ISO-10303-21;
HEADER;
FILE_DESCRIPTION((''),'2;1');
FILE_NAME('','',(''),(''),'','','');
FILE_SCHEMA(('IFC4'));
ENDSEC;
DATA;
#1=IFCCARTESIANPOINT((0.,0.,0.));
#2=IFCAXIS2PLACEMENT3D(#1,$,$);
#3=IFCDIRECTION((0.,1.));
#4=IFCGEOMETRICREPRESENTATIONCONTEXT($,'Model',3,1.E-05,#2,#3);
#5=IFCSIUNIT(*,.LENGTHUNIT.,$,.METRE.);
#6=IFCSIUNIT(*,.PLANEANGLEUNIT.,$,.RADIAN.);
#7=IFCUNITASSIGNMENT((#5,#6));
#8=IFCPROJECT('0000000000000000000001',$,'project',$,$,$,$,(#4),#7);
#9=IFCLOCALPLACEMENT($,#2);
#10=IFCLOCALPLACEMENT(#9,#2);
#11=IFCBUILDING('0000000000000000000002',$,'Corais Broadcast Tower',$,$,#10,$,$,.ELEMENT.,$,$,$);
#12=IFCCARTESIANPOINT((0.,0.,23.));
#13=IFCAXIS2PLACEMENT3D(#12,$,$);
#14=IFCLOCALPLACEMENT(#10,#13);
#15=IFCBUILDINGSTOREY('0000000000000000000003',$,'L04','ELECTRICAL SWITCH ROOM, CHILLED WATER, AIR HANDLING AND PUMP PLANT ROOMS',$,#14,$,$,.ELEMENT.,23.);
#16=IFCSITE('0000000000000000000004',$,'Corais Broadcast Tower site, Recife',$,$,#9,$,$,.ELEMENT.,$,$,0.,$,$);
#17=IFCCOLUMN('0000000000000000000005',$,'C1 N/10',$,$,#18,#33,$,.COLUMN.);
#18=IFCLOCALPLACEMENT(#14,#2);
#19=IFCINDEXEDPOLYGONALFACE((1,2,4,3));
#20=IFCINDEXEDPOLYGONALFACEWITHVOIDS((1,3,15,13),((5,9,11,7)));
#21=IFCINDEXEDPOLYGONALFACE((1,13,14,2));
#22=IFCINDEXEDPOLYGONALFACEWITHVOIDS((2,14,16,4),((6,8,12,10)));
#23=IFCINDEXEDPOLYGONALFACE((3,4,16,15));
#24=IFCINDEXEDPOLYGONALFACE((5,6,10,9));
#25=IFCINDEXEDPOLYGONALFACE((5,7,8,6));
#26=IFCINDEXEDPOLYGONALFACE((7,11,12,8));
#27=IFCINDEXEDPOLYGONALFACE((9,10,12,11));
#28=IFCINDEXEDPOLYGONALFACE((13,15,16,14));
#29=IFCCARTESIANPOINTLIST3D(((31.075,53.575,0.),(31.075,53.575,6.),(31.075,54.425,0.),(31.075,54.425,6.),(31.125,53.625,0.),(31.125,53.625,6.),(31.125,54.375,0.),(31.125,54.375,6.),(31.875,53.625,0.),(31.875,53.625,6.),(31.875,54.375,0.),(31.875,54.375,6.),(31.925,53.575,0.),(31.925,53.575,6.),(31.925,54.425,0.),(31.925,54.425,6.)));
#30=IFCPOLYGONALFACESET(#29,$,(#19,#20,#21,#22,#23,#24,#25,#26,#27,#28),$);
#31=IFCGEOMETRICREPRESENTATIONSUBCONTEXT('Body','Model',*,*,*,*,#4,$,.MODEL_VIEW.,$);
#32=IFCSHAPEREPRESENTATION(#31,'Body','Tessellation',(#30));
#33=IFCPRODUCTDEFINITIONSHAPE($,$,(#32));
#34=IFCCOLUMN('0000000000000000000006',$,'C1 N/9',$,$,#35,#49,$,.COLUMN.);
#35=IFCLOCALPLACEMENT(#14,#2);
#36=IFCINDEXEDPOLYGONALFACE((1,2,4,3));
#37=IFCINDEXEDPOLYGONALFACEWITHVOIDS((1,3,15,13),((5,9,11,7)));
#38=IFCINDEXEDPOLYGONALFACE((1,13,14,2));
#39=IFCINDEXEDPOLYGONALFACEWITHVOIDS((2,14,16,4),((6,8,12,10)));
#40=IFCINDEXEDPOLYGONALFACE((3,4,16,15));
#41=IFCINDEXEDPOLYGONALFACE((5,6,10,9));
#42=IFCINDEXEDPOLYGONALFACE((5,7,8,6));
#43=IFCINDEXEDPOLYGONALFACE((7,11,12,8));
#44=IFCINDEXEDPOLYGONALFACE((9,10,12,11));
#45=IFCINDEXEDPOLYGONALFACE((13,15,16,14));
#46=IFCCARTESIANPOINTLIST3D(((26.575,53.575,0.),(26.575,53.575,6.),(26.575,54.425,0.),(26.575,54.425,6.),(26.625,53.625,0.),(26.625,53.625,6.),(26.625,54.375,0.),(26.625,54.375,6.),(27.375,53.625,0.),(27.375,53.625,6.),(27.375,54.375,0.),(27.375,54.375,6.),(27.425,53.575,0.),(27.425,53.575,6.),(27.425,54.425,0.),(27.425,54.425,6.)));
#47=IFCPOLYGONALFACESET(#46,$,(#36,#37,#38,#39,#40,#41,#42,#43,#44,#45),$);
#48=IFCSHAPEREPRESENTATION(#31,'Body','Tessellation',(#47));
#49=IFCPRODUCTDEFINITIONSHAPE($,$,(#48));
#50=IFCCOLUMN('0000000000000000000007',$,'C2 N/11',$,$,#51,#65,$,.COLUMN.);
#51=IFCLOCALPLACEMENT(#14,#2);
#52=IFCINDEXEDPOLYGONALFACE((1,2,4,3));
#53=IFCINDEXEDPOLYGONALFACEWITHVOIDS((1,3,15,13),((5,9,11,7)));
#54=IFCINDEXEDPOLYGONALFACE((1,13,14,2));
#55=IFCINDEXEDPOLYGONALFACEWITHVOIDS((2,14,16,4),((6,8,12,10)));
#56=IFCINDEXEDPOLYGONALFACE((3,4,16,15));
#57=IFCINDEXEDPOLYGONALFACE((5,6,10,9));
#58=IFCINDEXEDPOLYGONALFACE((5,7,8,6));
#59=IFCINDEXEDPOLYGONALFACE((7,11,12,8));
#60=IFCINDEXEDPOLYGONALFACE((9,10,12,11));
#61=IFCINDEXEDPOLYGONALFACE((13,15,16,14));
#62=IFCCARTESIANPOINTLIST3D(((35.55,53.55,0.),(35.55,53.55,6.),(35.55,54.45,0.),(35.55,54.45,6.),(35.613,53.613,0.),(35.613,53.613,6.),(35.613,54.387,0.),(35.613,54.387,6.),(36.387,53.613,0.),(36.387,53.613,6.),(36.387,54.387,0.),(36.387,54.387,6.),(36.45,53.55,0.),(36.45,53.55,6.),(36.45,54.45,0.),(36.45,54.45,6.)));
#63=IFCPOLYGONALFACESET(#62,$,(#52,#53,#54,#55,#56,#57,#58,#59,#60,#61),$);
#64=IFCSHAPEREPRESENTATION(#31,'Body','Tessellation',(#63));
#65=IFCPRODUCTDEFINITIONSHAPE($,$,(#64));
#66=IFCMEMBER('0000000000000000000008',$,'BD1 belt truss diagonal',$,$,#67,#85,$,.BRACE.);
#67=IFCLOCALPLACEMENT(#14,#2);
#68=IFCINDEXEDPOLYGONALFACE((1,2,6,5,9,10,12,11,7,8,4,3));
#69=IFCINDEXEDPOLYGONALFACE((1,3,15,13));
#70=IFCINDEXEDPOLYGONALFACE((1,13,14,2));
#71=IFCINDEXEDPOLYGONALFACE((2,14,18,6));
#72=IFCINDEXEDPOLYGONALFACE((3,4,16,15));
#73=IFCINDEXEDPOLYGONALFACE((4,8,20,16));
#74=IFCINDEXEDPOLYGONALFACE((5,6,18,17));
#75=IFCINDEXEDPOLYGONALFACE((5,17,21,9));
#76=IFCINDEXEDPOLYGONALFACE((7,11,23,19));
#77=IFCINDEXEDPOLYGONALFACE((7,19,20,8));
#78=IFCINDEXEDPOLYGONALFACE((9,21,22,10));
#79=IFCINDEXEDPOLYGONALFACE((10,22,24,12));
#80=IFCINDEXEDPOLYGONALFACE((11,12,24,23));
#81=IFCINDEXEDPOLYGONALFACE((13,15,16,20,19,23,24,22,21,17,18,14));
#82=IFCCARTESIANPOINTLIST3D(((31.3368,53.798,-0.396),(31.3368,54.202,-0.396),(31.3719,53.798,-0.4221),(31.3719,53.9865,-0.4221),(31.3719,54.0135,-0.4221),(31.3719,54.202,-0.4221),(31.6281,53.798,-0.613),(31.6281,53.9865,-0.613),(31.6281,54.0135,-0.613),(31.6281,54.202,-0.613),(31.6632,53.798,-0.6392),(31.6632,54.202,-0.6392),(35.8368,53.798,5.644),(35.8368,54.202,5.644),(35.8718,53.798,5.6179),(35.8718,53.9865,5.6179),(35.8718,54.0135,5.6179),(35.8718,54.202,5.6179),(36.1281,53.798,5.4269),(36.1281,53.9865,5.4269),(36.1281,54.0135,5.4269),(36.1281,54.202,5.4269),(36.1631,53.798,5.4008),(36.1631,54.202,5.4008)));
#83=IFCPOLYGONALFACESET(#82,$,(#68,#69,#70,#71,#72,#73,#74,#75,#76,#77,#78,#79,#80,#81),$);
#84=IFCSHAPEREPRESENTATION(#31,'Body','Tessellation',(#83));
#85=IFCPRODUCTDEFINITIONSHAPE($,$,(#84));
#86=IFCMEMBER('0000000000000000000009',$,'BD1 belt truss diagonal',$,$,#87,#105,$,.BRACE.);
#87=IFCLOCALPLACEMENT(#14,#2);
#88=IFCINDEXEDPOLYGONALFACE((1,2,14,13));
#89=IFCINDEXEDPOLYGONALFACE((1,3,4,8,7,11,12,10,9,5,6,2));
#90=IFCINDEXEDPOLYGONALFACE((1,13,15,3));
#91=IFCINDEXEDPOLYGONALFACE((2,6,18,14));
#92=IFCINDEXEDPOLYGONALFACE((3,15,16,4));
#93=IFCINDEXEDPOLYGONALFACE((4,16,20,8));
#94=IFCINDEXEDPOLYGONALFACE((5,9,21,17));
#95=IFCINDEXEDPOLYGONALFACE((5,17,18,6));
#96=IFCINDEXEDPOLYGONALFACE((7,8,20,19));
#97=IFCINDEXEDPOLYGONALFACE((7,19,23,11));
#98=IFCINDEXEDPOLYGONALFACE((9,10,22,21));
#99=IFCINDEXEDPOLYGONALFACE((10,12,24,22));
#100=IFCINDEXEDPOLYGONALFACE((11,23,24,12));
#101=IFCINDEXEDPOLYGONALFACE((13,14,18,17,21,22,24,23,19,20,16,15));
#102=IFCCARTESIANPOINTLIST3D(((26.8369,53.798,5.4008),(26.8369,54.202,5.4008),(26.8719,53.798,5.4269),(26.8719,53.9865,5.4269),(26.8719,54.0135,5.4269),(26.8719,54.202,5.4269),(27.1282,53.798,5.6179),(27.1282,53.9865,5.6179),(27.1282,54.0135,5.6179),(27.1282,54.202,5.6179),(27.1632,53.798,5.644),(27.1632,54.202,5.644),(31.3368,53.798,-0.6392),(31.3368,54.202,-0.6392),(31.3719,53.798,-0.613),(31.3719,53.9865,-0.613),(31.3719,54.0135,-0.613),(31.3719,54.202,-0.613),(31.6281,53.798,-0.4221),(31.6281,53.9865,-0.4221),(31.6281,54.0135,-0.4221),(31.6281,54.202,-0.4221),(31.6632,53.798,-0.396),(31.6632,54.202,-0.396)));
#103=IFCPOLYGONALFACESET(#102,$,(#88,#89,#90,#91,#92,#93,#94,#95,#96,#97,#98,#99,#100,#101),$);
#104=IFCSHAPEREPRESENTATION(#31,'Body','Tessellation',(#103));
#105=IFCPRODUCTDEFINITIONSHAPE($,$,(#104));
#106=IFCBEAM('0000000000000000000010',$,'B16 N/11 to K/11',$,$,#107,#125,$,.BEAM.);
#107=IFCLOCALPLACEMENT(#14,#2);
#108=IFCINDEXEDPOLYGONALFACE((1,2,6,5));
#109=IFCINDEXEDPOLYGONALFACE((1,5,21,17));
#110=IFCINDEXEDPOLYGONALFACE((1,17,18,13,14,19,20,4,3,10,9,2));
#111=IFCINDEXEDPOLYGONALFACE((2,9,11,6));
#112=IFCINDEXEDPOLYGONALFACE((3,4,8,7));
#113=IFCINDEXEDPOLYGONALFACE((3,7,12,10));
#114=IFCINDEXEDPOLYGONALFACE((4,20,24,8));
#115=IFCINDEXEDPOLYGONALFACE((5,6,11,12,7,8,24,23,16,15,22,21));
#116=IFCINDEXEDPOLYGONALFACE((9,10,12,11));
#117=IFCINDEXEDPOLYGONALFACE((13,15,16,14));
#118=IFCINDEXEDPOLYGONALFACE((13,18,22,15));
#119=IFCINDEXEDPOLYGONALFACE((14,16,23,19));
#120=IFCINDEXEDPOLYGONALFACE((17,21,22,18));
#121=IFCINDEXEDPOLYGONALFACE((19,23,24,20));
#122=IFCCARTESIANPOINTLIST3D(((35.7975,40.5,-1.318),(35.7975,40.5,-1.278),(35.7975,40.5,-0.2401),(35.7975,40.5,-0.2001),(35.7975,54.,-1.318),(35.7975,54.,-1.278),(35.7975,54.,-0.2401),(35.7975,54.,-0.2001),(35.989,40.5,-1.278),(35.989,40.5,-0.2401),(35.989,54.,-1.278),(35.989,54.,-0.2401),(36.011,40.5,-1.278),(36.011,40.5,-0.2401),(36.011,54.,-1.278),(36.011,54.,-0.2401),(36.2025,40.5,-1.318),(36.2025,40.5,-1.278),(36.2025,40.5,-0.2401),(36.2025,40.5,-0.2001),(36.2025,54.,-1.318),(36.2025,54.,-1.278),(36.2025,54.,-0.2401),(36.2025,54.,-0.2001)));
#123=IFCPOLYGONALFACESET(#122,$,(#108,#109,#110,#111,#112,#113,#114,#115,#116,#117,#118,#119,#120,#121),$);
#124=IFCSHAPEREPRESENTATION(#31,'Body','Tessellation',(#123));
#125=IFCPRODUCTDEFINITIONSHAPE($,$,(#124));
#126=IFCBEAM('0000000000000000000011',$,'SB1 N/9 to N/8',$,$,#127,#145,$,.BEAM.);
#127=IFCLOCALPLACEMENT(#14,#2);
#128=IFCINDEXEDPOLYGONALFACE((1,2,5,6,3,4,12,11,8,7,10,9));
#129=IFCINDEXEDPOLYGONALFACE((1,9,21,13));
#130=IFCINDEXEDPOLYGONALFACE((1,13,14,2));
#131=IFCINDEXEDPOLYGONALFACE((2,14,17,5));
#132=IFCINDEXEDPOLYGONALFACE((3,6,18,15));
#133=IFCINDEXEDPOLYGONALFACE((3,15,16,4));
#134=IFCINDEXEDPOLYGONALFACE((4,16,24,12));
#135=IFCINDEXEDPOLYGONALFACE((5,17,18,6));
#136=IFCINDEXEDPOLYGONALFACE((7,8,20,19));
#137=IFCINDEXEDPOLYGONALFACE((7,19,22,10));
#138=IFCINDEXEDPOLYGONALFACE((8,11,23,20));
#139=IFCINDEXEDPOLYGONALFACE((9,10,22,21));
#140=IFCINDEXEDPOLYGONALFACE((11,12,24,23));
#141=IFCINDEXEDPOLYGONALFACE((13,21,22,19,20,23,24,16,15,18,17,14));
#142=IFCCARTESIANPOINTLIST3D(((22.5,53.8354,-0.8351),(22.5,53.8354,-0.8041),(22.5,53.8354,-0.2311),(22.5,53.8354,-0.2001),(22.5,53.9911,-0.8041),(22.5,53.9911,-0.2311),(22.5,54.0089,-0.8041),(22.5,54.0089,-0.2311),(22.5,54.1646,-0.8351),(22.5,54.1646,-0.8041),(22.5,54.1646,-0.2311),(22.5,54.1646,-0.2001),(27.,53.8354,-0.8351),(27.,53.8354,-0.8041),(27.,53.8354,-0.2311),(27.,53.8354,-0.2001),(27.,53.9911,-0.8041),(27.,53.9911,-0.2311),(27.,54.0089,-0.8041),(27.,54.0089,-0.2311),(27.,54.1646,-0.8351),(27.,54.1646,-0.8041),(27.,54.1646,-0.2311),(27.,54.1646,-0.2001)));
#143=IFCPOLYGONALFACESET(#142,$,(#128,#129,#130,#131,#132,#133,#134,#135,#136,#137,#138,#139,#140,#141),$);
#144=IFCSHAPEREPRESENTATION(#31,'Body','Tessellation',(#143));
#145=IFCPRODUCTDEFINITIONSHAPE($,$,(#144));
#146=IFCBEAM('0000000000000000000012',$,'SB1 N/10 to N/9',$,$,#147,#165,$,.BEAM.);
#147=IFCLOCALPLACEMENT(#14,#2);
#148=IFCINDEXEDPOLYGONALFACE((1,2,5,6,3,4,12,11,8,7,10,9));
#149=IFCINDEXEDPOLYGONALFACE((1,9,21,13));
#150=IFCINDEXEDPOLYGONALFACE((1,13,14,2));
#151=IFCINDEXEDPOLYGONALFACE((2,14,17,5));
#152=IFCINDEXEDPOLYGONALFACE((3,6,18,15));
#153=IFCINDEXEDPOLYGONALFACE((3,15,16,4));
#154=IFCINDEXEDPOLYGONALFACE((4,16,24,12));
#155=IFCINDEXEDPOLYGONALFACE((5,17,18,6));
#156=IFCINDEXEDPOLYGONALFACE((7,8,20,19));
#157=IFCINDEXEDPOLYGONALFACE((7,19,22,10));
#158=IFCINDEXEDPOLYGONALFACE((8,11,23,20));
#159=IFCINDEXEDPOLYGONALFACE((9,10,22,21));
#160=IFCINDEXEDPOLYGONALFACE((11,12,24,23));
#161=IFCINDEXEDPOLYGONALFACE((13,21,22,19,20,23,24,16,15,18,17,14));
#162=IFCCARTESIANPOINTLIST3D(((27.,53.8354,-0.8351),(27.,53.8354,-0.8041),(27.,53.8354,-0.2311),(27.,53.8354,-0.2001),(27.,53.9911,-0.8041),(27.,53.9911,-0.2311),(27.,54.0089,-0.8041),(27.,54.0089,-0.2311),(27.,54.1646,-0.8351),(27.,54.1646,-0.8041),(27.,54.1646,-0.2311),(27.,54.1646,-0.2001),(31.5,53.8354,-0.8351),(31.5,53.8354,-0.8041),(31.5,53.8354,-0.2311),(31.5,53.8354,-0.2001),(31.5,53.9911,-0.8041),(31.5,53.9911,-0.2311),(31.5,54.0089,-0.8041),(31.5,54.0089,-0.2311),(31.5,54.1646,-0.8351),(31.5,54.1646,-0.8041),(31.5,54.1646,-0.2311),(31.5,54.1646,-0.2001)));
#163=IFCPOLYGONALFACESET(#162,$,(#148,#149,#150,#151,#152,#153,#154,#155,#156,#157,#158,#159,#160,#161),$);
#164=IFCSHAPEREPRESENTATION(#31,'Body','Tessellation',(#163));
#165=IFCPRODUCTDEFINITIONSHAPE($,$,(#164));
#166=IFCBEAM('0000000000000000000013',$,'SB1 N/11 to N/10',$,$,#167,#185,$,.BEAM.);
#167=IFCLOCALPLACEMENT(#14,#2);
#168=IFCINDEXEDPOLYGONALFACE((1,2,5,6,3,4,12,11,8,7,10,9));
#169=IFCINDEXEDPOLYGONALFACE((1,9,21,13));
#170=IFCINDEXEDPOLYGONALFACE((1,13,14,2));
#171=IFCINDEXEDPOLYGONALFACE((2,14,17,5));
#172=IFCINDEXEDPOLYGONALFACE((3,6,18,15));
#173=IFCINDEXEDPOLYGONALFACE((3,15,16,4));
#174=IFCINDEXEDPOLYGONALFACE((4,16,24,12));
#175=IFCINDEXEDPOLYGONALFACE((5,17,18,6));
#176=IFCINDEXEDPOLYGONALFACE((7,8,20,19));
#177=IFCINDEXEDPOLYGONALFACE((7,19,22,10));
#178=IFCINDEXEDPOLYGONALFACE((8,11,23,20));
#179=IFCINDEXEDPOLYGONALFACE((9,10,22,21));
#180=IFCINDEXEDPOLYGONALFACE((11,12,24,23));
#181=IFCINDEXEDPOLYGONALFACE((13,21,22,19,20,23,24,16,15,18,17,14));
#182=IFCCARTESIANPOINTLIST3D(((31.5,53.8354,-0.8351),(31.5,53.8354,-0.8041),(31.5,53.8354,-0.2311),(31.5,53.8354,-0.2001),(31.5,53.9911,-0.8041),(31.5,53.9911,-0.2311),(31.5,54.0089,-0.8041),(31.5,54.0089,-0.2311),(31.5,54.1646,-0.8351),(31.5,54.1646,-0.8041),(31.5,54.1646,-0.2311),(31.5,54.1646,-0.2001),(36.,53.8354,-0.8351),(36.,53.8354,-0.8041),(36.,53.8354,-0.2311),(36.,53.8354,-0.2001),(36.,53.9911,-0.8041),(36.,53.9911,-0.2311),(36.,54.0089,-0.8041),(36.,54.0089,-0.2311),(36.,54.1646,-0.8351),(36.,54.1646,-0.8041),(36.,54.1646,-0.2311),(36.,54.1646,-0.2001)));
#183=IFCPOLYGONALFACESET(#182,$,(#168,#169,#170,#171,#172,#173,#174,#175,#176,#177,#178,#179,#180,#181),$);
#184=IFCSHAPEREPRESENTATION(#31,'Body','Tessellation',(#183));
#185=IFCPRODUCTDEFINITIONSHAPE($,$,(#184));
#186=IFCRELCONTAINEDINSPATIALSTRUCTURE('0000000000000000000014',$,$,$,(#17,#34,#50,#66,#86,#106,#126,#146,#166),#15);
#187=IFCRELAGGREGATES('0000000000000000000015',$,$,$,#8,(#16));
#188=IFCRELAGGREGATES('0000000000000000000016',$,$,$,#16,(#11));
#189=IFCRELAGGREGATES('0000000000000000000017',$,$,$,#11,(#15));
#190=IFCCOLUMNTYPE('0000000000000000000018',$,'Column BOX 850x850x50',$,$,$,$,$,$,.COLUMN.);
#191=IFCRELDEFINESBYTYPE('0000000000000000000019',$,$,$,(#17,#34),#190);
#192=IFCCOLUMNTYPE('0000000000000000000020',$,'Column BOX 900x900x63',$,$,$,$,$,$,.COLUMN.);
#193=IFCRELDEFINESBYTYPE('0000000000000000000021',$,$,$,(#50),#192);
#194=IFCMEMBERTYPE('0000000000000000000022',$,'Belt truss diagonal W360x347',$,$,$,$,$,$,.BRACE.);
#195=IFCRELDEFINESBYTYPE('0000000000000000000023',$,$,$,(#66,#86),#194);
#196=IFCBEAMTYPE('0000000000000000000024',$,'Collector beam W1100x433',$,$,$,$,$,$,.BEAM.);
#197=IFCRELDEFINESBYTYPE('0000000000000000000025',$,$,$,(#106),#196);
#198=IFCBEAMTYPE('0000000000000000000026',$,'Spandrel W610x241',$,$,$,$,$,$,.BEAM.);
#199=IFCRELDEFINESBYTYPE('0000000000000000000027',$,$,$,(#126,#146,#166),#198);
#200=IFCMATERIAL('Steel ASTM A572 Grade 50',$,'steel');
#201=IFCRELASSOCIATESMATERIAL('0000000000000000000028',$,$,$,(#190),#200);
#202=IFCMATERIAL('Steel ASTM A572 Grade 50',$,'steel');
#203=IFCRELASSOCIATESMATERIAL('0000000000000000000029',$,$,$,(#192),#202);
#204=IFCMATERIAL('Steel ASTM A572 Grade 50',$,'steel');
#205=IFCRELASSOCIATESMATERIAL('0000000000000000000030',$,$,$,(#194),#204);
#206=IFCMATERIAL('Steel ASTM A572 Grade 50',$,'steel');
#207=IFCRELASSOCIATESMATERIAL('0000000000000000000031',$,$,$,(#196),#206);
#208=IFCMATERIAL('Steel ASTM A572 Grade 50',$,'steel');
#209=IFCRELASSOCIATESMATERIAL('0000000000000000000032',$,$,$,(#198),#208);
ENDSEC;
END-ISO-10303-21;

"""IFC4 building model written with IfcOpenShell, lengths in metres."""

from ifc_helpers import new_model, si_unit, direction, frame, origin, origin_2d, place, context, subcontext, project, spatial, hollow_rectangle, i_section, extrude, material, material_profile, profile_set, type_object, element, save


model = new_model("IFC4")

# Units and contexts
model_context = context("Model", 3, precision=1e-05, world=origin(), true_north=direction((0.0, 1.0)))
body_context = subcontext(model_context, "Body", "Model", "MODEL_VIEW")
ifc_project = project(units=[si_unit("LENGTHUNIT", "METRE"), si_unit("PLANEANGLEUNIT", "RADIAN")], contexts=[model_context])

# Site, building, storey
site_placement = place(None, origin())
site = spatial("IfcSite", under=ifc_project, at=site_placement, Name="Corais Broadcast Tower site, Recife", CompositionType="ELEMENT", RefElevation=0.0)
building_placement = place(site_placement, origin())
building = spatial("IfcBuilding", under=site, at=building_placement, Name="Corais Broadcast Tower", CompositionType="ELEMENT")
storey_placement = place(building_placement, frame((0.0, 0.0, 23.0)))
storey = spatial("IfcBuildingStorey", under=building, at=storey_placement, Name="L04", Description="ELECTRICAL SWITCH ROOM, CHILLED WATER, AIR HANDLING AND PUMP PLANT ROOMS", CompositionType="ELEMENT", Elevation=23.0)

# Columns
ifc_material_1 = material(Name="Steel ASTM A572 Grade 50", Category="steel")
ifc_material_profile_1 = material_profile(ifc_material_1, hollow_rectangle(XDim=0.8501, YDim=0.8501, WallThickness=0.05, at=origin_2d()), Name="BOX 850x850x50")
ifc_profile_set_1 = profile_set([ifc_material_profile_1], Name="Steel ASTM A572 Grade 50")
column_type_1 = type_object("IfcColumnType", Name="Column BOX 850x850x50", PredefinedType="COLUMN", material=ifc_profile_set_1)
for number, where, z_axis, x_axis, name in (
    (1, (31.5, 54.0, 0.0), (0.0, 0.0, 1.0), (1.0, 0.0, 0.0), "C1 N/10"),
    (2, (27.0, 54.0, 0.0), (0.0, 0.0, 1.0), (1.0, 0.0, 0.0), "C1 N/9"),
):
    element("IfcColumn", number, at=place(storey_placement, frame(where, z_axis=z_axis, x_axis=x_axis)), inside=storey, type_object=column_type_1, Name=name, PredefinedType="COLUMN", context=body_context, shape_type="SweptSolid", body=[
        extrude(hollow_rectangle(XDim=0.8501, YDim=0.8501, WallThickness=0.05, at=origin_2d()), origin(), (0.0, 0.0, 1.0), 6.0),
    ])
ifc_material_2 = material(Name="Steel ASTM A572 Grade 50", Category="steel")
ifc_material_profile_2 = material_profile(ifc_material_2, hollow_rectangle(XDim=0.8999, YDim=0.8999, WallThickness=0.063, at=origin_2d()), Name="BOX 900x900x63")
ifc_profile_set_2 = profile_set([ifc_material_profile_2], Name="Steel ASTM A572 Grade 50")
column_type_2 = type_object("IfcColumnType", Name="Column BOX 900x900x63", PredefinedType="COLUMN", material=ifc_profile_set_2)
column_placement = place(storey_placement, frame((36.0, 54.0, 0.0), z_axis=(0.0, 0.0, 1.0), x_axis=(1.0, 0.0, 0.0)))
element("IfcColumn", 3, at=column_placement, inside=storey, type_object=column_type_2, Name="C2 N/11", PredefinedType="COLUMN", context=body_context, shape_type="SweptSolid", body=[
    extrude(hollow_rectangle(XDim=0.8999, YDim=0.8999, WallThickness=0.063, at=origin_2d()), origin(), (0.0, 0.0, 1.0), 6.0),
])

# Members
ifc_material_3 = material(Name="Steel ASTM A572 Grade 50", Category="steel")
ifc_material_profile_3 = material_profile(ifc_material_3, i_section(OverallWidth=0.4041, OverallDepth=0.407, WebThickness=0.0271, FlangeThickness=0.0437, at=origin_2d()), Name="W360x347")
ifc_profile_set_3 = profile_set([ifc_material_profile_3], Name="Steel ASTM A572 Grade 50")
member_type = type_object("IfcMemberType", Name="Belt truss diagonal W360x347", PredefinedType="BRACE", material=ifc_profile_set_3)
for number, where, z_axis, x_axis, name in (
    (4, (31.5, 54.0, -0.5176), (0.597445, 0.0, 0.80191), (0.0, 1.0, 0.0), "BD1 belt truss diagonal"),
    (5, (31.5, 54.0, -0.5176), (-0.597445, 0.0, 0.80191), (0.0, -1.0, 0.0), "BD1 belt truss diagonal"),
):
    element("IfcMember", number, at=place(storey_placement, frame(where, z_axis=z_axis, x_axis=x_axis)), inside=storey, type_object=member_type, Name=name, PredefinedType="BRACE", context=body_context, shape_type="SweptSolid", body=[
        extrude(i_section(OverallWidth=0.4041, OverallDepth=0.407, WebThickness=0.0271, FlangeThickness=0.0437, at=origin_2d()), origin(), (0.0, 0.0, 1.0), 7.532),
    ])

# Beams
ifc_material_4 = material(Name="Steel ASTM A572 Grade 50", Category="steel")
ifc_material_profile_4 = material_profile(ifc_material_4, i_section(OverallWidth=0.405, OverallDepth=1.1179, WebThickness=0.022, FlangeThickness=0.04, at=origin_2d()), Name="W1100x433")
ifc_profile_set_4 = profile_set([ifc_material_profile_4], Name="Steel ASTM A572 Grade 50")
beam_type_1 = type_object("IfcBeamType", Name="Collector beam W1100x433", PredefinedType="BEAM", material=ifc_profile_set_4)
beam_placement = place(storey_placement, frame((36.0, 54.0, -0.759), z_axis=(0.0, -1.0, 0.0), x_axis=(1.0, 0.0, 0.0)))
element("IfcBeam", 6, at=beam_placement, inside=storey, type_object=beam_type_1, Name="B16 N/11 to K/11", PredefinedType="BEAM", context=body_context, shape_type="SweptSolid", body=[
    extrude(i_section(OverallWidth=0.405, OverallDepth=1.1179, WebThickness=0.022, FlangeThickness=0.04, at=origin_2d()), origin(), (0.0, 0.0, 1.0), 13.5),
])
ifc_material_5 = material(Name="Steel ASTM A572 Grade 50", Category="steel")
ifc_material_profile_5 = material_profile(ifc_material_5, i_section(OverallWidth=0.3291, OverallDepth=0.635, WebThickness=0.0178, FlangeThickness=0.031, at=origin_2d()), Name="W610x241")
ifc_profile_set_5 = profile_set([ifc_material_profile_5], Name="Steel ASTM A572 Grade 50")
beam_type_2 = type_object("IfcBeamType", Name="Spandrel W610x241", PredefinedType="BEAM", material=ifc_profile_set_5)
for number, where, z_axis, x_axis, name in (
    (7, (27.0, 54.0, -0.5176), (-1.0, 0.0, 0.0), (0.0, -1.0, 0.0), "SB1 N/9 to N/8"),
    (8, (31.5, 54.0, -0.5176), (-1.0, 0.0, 0.0), (0.0, -1.0, 0.0), "SB1 N/10 to N/9"),
    (9, (36.0, 54.0, -0.5176), (-1.0, 0.0, 0.0), (0.0, -1.0, 0.0), "SB1 N/11 to N/10"),
):
    element("IfcBeam", number, at=place(storey_placement, frame(where, z_axis=z_axis, x_axis=x_axis)), inside=storey, type_object=beam_type_2, Name=name, PredefinedType="BEAM", context=body_context, shape_type="SweptSolid", body=[
        extrude(i_section(OverallWidth=0.3291, OverallDepth=0.635, WebThickness=0.0178, FlangeThickness=0.031, at=origin_2d()), origin(), (0.0, 0.0, 1.0), 4.5),
    ])

save(model, "model.ifc")
